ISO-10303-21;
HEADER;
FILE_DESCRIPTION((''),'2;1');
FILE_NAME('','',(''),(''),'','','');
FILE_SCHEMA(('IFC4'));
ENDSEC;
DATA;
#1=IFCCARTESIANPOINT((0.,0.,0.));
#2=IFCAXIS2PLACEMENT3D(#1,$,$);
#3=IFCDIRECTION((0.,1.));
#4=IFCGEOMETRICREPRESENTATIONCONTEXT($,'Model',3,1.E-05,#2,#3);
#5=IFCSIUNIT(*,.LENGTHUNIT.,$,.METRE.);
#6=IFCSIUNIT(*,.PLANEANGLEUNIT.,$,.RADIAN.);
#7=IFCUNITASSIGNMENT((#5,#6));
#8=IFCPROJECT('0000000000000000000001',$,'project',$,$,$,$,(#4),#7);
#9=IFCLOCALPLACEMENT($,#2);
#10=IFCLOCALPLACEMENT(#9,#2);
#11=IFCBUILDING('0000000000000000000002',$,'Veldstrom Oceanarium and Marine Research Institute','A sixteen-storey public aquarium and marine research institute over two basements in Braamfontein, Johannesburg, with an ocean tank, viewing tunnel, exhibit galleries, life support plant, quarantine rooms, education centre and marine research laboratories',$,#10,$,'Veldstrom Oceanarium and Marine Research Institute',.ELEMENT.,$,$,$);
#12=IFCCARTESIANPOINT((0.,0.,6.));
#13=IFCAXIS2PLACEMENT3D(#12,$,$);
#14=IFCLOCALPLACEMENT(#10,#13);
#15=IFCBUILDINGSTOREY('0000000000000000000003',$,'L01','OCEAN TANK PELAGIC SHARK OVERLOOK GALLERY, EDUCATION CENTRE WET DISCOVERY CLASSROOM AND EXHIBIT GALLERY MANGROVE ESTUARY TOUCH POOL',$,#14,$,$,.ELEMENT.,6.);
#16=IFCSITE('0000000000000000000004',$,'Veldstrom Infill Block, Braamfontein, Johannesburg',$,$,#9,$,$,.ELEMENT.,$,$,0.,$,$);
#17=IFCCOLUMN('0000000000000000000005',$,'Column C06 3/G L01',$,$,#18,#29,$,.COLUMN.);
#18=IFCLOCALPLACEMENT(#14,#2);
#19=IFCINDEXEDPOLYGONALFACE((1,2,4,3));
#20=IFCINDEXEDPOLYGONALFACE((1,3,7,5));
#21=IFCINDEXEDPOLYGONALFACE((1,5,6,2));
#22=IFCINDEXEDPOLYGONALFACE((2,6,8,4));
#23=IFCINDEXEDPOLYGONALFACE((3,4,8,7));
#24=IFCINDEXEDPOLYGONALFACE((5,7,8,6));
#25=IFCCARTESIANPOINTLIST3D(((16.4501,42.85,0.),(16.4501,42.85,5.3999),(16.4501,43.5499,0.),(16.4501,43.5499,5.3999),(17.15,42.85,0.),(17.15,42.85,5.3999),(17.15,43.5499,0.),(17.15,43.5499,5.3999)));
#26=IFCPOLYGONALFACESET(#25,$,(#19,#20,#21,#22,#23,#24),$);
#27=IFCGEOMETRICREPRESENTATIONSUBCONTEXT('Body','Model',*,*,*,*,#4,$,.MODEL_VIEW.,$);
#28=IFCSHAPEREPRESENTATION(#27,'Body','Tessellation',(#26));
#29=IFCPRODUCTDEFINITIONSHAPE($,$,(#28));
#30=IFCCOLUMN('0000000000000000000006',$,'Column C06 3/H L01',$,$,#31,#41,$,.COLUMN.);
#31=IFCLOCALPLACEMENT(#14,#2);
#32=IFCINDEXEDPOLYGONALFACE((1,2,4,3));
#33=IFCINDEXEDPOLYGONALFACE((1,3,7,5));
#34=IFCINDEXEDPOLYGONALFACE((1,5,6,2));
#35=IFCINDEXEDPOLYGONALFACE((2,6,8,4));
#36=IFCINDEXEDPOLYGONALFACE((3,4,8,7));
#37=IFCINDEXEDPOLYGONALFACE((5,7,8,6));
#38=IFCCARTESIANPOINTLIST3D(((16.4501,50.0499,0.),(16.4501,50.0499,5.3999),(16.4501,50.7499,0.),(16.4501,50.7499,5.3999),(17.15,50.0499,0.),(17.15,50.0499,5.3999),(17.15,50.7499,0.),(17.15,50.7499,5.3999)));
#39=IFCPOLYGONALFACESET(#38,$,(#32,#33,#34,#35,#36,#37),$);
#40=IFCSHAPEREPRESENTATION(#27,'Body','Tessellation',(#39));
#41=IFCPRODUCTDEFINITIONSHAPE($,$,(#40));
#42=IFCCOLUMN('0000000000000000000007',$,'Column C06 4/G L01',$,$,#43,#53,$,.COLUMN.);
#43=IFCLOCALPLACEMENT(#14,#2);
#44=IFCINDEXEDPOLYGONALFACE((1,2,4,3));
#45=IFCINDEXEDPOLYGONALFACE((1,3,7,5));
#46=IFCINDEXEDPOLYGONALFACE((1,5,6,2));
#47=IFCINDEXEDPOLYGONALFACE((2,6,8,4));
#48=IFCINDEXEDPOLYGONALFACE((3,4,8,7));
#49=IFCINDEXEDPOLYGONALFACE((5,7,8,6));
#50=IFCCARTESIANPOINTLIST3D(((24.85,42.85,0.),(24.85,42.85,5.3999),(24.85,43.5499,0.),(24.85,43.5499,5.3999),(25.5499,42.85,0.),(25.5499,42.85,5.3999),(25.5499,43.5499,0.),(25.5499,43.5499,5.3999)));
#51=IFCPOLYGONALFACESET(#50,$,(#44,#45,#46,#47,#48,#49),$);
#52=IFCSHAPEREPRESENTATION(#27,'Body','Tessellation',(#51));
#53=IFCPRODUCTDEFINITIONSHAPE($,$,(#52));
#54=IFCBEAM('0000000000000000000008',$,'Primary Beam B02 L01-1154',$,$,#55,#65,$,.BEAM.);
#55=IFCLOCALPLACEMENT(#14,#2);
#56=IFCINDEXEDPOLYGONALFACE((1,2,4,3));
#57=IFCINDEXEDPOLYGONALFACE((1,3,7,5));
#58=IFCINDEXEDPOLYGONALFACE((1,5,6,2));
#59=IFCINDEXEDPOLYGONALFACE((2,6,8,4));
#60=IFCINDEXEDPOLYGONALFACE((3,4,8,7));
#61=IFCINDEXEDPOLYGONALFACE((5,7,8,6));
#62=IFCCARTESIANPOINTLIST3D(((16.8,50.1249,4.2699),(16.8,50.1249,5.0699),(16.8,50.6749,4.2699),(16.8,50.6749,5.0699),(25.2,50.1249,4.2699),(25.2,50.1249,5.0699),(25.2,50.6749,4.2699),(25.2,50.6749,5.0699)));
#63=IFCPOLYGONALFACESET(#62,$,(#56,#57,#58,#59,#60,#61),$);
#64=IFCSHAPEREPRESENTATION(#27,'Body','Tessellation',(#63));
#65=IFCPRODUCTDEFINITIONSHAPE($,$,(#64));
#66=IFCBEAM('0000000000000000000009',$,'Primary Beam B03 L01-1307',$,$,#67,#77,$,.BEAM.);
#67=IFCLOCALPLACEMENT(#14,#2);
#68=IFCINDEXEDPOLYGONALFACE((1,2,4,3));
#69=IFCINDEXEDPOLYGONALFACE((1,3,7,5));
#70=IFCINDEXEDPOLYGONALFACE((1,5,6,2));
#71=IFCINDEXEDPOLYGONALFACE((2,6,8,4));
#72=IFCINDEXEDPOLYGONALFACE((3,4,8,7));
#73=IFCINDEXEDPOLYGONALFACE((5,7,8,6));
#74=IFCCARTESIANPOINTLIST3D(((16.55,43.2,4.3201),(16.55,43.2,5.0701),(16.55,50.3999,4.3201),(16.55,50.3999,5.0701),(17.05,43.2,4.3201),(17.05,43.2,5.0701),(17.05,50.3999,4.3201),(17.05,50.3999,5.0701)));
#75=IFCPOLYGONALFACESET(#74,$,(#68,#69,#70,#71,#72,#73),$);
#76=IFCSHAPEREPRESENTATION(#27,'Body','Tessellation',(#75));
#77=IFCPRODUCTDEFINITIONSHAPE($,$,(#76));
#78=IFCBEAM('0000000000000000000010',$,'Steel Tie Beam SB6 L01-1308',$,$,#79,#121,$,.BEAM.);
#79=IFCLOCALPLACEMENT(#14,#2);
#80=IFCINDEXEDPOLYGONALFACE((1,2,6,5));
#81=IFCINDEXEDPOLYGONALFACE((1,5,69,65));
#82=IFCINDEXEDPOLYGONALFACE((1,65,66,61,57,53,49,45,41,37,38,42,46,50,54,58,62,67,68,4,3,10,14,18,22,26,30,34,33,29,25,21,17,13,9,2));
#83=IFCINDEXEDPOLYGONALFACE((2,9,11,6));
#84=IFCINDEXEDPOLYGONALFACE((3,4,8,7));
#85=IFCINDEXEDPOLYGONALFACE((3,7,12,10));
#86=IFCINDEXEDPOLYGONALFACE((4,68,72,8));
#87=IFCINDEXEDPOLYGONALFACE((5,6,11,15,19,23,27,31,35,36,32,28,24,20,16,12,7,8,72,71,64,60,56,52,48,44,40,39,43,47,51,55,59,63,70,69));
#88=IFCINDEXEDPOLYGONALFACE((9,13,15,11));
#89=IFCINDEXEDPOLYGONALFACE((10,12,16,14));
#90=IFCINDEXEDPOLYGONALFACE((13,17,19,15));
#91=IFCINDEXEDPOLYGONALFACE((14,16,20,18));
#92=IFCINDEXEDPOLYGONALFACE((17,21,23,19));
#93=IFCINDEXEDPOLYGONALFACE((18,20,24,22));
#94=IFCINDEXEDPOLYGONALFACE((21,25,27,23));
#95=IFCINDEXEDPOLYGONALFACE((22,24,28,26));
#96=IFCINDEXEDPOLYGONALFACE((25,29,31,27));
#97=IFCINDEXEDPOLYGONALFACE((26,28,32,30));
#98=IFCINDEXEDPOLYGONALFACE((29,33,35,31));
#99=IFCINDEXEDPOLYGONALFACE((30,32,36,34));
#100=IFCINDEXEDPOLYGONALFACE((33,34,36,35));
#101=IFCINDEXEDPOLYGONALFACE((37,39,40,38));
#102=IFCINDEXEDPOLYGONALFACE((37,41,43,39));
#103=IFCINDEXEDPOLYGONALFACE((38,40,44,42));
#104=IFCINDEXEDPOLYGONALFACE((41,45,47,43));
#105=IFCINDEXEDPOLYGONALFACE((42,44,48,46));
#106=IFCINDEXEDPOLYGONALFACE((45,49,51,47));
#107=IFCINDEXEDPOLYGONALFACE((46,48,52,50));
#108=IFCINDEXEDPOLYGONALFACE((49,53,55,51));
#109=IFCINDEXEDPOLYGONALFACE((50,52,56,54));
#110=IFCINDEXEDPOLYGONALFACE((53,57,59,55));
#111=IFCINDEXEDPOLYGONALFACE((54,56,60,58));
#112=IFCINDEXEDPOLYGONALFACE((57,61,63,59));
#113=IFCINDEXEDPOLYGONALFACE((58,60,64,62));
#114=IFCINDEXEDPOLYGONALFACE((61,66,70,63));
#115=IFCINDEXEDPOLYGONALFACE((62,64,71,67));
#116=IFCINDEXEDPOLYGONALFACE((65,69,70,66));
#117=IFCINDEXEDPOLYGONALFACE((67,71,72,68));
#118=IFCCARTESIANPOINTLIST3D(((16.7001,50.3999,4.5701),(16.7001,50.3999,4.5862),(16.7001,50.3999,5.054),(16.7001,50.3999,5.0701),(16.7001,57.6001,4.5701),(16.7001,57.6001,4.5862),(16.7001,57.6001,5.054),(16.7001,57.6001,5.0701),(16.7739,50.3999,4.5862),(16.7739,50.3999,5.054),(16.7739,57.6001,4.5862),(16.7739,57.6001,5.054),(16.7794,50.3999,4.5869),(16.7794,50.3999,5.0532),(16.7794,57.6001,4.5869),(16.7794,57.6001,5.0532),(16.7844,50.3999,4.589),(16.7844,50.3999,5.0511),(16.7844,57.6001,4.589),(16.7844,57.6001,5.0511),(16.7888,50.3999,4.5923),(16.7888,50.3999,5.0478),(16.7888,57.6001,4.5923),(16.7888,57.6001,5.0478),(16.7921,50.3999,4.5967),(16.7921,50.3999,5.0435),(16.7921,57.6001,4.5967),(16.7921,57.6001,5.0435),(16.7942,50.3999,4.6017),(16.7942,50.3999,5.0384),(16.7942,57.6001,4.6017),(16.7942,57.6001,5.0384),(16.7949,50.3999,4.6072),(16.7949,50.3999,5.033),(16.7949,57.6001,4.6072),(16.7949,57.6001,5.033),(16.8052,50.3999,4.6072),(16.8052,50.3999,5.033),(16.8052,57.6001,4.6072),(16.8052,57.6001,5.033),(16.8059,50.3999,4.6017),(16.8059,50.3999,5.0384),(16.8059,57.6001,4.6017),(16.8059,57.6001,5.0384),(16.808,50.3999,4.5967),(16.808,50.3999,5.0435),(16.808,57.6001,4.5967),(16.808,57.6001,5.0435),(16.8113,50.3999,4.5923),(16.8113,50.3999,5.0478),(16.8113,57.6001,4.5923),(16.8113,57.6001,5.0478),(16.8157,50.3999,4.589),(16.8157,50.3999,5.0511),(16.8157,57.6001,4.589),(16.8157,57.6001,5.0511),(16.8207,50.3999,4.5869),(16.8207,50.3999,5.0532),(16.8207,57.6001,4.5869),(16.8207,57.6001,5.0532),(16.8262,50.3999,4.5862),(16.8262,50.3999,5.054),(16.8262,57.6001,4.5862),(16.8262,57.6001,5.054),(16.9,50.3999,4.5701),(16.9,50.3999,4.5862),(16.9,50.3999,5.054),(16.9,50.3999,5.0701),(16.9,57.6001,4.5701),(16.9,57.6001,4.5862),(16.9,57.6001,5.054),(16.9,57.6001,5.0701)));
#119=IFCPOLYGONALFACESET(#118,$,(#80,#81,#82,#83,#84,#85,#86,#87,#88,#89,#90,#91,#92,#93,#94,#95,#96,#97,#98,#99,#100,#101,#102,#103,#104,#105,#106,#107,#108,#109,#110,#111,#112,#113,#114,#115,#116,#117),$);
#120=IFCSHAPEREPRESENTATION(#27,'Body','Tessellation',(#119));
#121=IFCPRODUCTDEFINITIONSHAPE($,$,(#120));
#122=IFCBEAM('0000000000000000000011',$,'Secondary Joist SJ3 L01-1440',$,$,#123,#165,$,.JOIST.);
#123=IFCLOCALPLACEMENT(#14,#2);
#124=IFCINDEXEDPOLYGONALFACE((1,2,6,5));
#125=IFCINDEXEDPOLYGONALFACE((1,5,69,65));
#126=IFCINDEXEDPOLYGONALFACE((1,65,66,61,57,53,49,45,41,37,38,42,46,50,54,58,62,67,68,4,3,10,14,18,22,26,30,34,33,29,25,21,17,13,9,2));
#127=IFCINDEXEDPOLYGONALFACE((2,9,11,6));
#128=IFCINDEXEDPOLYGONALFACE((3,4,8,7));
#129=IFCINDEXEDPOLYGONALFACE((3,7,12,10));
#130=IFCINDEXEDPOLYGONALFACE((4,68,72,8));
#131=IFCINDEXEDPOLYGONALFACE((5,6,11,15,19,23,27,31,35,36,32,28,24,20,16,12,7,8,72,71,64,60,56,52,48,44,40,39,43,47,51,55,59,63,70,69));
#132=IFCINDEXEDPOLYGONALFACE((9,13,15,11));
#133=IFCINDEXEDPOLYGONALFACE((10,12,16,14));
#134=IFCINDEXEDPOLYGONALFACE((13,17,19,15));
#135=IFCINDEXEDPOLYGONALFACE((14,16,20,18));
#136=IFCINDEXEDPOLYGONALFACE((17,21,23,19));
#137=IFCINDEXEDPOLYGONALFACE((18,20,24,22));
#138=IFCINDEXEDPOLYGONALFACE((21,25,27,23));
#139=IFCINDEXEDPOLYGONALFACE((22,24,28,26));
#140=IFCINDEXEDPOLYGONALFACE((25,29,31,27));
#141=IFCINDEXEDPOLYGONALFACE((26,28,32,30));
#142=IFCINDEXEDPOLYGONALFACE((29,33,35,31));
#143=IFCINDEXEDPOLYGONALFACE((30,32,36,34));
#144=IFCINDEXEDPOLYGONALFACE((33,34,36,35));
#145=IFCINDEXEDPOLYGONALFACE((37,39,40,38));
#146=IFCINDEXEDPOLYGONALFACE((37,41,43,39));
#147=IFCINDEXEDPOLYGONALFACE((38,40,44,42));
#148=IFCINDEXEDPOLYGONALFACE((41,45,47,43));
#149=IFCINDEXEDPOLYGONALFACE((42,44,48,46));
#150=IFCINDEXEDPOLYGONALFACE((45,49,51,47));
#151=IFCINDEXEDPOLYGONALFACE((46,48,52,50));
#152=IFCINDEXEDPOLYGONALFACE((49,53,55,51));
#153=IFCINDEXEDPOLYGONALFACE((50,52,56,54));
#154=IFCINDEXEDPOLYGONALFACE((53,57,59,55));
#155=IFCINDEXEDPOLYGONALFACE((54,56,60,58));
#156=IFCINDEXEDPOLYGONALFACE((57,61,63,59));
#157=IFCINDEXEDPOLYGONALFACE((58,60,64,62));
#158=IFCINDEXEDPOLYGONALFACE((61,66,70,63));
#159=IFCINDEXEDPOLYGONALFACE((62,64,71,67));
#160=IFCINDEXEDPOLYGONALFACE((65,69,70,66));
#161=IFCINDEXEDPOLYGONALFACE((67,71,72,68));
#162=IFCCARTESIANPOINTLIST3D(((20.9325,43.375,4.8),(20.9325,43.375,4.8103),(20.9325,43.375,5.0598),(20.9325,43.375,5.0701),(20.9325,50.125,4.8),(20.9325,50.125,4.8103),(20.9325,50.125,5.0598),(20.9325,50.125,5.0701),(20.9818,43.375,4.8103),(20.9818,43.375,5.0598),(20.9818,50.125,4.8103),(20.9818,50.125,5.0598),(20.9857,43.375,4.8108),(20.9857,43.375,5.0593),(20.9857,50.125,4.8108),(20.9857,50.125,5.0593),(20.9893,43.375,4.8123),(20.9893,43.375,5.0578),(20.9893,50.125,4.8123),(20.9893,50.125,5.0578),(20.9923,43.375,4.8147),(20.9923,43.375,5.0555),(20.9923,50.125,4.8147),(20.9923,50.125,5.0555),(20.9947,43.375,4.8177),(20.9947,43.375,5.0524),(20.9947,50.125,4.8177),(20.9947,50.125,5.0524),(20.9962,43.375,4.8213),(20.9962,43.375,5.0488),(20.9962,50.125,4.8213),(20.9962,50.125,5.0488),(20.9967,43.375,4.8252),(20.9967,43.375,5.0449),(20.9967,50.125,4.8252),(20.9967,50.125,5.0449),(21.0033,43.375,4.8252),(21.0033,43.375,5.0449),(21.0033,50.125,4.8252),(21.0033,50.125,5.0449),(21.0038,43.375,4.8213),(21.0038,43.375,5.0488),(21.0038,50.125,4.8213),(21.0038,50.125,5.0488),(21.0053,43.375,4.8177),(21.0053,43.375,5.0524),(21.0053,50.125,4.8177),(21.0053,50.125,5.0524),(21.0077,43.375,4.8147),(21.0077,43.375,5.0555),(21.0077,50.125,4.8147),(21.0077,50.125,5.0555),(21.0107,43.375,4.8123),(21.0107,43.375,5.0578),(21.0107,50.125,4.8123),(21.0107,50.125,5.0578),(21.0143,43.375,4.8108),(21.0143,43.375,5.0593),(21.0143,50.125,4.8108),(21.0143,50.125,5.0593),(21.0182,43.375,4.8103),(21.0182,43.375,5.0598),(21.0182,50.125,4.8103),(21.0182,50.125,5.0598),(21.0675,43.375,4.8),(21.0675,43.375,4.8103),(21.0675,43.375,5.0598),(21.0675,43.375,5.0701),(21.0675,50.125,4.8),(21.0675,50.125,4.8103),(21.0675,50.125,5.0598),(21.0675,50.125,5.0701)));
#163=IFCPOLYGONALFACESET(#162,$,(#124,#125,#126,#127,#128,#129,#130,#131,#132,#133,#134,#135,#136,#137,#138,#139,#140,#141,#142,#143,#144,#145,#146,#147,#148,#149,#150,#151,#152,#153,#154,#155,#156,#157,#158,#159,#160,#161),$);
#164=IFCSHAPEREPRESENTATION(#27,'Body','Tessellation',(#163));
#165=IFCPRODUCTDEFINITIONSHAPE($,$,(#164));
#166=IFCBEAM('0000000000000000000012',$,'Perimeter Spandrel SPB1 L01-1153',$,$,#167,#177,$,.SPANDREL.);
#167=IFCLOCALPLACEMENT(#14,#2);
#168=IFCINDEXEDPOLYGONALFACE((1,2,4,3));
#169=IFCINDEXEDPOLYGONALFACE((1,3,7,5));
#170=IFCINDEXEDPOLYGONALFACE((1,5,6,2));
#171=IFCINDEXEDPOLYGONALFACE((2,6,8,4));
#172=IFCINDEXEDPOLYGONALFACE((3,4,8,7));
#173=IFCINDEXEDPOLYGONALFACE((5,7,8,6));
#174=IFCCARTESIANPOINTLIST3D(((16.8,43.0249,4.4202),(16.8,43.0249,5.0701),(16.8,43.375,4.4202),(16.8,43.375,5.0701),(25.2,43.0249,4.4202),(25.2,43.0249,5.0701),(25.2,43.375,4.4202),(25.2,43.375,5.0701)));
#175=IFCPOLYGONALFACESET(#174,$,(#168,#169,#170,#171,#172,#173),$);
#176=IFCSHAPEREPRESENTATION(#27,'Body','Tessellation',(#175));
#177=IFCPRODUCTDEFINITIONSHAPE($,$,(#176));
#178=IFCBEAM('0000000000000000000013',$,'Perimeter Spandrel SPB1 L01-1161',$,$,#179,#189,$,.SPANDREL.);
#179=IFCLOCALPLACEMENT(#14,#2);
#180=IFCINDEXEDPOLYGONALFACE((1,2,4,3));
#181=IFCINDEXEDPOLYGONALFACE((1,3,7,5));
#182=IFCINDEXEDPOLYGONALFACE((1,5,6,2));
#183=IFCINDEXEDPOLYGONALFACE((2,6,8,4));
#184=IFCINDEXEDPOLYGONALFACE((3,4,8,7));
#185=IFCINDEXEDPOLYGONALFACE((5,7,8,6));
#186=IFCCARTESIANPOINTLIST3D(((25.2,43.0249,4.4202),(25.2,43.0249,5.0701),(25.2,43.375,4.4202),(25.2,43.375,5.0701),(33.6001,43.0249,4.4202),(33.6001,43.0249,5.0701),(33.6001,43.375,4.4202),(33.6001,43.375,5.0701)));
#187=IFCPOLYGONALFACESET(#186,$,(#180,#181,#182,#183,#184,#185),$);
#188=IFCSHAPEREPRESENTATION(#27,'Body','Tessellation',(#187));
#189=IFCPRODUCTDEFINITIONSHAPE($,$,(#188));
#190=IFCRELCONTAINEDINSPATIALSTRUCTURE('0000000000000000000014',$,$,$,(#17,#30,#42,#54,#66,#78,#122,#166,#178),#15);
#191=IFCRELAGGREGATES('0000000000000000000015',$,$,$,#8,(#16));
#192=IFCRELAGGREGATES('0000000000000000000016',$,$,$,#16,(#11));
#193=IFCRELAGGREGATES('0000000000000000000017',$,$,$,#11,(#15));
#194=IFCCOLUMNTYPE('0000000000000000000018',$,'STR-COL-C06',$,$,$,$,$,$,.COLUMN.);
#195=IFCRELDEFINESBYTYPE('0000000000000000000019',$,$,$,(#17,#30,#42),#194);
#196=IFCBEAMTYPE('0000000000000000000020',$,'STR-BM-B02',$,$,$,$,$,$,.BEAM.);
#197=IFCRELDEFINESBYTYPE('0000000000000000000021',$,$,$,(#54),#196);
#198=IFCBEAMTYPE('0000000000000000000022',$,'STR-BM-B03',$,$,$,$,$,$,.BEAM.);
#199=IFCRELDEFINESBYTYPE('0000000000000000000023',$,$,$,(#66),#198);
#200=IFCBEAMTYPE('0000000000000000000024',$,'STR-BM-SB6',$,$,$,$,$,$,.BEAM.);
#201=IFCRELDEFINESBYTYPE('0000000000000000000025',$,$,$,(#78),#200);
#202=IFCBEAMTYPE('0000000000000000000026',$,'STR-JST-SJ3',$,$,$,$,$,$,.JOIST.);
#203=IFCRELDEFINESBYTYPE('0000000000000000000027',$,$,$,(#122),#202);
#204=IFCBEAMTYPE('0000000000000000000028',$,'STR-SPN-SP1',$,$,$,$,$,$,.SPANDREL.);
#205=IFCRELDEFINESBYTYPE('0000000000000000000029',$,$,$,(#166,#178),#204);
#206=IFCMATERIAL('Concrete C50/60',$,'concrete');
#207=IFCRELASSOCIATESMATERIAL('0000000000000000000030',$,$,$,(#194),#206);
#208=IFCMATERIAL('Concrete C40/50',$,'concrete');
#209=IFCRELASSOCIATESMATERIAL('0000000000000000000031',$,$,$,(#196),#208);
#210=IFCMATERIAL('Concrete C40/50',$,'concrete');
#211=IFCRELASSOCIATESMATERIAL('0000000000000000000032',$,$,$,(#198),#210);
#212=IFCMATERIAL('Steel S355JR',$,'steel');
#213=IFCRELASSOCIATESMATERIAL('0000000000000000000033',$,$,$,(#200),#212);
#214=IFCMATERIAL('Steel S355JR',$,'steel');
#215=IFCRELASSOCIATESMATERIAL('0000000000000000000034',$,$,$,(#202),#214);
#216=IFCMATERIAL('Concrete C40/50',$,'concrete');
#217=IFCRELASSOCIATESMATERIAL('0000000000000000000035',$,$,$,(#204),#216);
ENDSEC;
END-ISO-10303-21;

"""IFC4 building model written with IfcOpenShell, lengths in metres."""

from ifc_helpers import new_model, si_unit, direction, frame, origin, origin_2d, place, context, subcontext, project, spatial, rectangle, i_section, extrude, material, material_profile, profile_set, type_object, element, save


model = new_model("IFC4")

# Units and contexts
model_context = context("Model", 3, precision=1e-05, world=origin(), true_north=direction((0.0, 1.0)))
body_context = subcontext(model_context, "Body", "Model", "MODEL_VIEW")
ifc_project = project(units=[si_unit("LENGTHUNIT", "METRE"), si_unit("PLANEANGLEUNIT", "RADIAN")], contexts=[model_context])

# Site, building, storey
site_placement = place(None, origin())
site = spatial("IfcSite", under=ifc_project, at=site_placement, Name="Veldstrom Infill Block, Braamfontein, Johannesburg", CompositionType="ELEMENT", RefElevation=0.0)
building_placement = place(site_placement, origin())
building = spatial("IfcBuilding", under=site, at=building_placement, Name="Veldstrom Oceanarium and Marine Research Institute", Description="A sixteen-storey public aquarium and marine research institute over two basements in Braamfontein, Johannesburg, with an ocean tank, viewing tunnel, exhibit galleries, life support plant, quarantine rooms, education centre and marine research laboratories", LongName="Veldstrom Oceanarium and Marine Research Institute", CompositionType="ELEMENT")
storey_placement = place(building_placement, frame((0.0, 0.0, 6.0)))
storey = spatial("IfcBuildingStorey", under=building, at=storey_placement, Name="L01", Description="OCEAN TANK PELAGIC SHARK OVERLOOK GALLERY, EDUCATION CENTRE WET DISCOVERY CLASSROOM AND EXHIBIT GALLERY MANGROVE ESTUARY TOUCH POOL", CompositionType="ELEMENT", Elevation=6.0)

# Columns
ifc_material_1 = material(Name="Concrete C50/60", Category="concrete")
ifc_material_profile_1 = material_profile(ifc_material_1, rectangle(XDim=0.7, YDim=0.7, at=origin_2d()), Name="RC-COL-700x700")
ifc_profile_set_1 = profile_set([ifc_material_profile_1], Name="Concrete C50/60")
column_type = type_object("IfcColumnType", Name="STR-COL-C06", PredefinedType="COLUMN", material=ifc_profile_set_1)
for number, where, z_axis, x_axis, name in (
    (1, (16.8, 43.2, 0.0), (0.0, 0.0, 1.0), (1.0, 0.0, 0.0), "Column C06 3/G L01"),
    (2, (16.8, 50.3999, 0.0), (0.0, 0.0, 1.0), (1.0, 0.0, 0.0), "Column C06 3/H L01"),
    (3, (25.2, 43.2, 0.0), (0.0, 0.0, 1.0), (1.0, 0.0, 0.0), "Column C06 4/G L01"),
):
    element("IfcColumn", number, at=place(storey_placement, frame(where, z_axis=z_axis, x_axis=x_axis)), inside=storey, type_object=column_type, Name=name, PredefinedType="COLUMN", context=body_context, shape_type="SweptSolid", body=[
        extrude(rectangle(XDim=0.7, YDim=0.7, at=origin_2d()), origin(), (0.0, 0.0, 1.0), 5.3999),
    ])

# Beams
ifc_material_2 = material(Name="Concrete C40/50", Category="concrete")
ifc_material_profile_2 = material_profile(ifc_material_2, rectangle(XDim=0.55, YDim=0.8, at=origin_2d()), Name="RC-BM-550x800")
ifc_profile_set_2 = profile_set([ifc_material_profile_2], Name="Concrete C40/50")
beam_type_1 = type_object("IfcBeamType", Name="STR-BM-B02", PredefinedType="BEAM", material=ifc_profile_set_2)
beam_1_placement = place(storey_placement, frame((16.8, 50.3999, 4.6699), z_axis=(1.0, 0.0, 0.0), x_axis=(0.0, 1.0, 0.0)))
element("IfcBeam", 4, at=beam_1_placement, inside=storey, type_object=beam_type_1, Name="Primary Beam B02 L01-1154", PredefinedType="BEAM", context=body_context, shape_type="SweptSolid", body=[
    extrude(rectangle(XDim=0.55, YDim=0.8, at=origin_2d()), origin(), (0.0, 0.0, 1.0), 8.3999),
])
ifc_material_3 = material(Name="Concrete C40/50", Category="concrete")
ifc_material_profile_3 = material_profile(ifc_material_3, rectangle(XDim=0.5, YDim=0.75, at=origin_2d()), Name="RC-BM-500x750")
ifc_profile_set_3 = profile_set([ifc_material_profile_3], Name="Concrete C40/50")
beam_type_2 = type_object("IfcBeamType", Name="STR-BM-B03", PredefinedType="BEAM", material=ifc_profile_set_3)
beam_2_placement = place(storey_placement, frame((16.8, 43.2, 4.6951), z_axis=(0.0, 1.0, 0.0), x_axis=(-1.0, 0.0, 0.0)))
element("IfcBeam", 5, at=beam_2_placement, inside=storey, type_object=beam_type_2, Name="Primary Beam B03 L01-1307", PredefinedType="BEAM", context=body_context, shape_type="SweptSolid", body=[
    extrude(rectangle(XDim=0.5, YDim=0.75, at=origin_2d()), origin(), (0.0, 0.0, 1.0), 7.2),
])
ifc_material_4 = material(Name="Steel S355JR", Category="steel")
ifc_material_profile_4 = material_profile(ifc_material_4, i_section(OverallWidth=0.2, OverallDepth=0.5, WebThickness=0.0103, FlangeThickness=0.0161, FilletRadius=0.021, at=origin_2d()), Name="IPE 500")
ifc_profile_set_4 = profile_set([ifc_material_profile_4], Name="Steel S355JR")
beam_type_3 = type_object("IfcBeamType", Name="STR-BM-SB6", PredefinedType="BEAM", material=ifc_profile_set_4)
beam_3_placement = place(storey_placement, frame((16.8, 50.3999, 4.8201), z_axis=(0.0, 1.0, 0.0), x_axis=(-1.0, 0.0, 0.0)))
element("IfcBeam", 6, at=beam_3_placement, inside=storey, type_object=beam_type_3, Name="Steel Tie Beam SB6 L01-1308", PredefinedType="BEAM", context=body_context, shape_type="SweptSolid", body=[
    extrude(i_section(OverallWidth=0.2, OverallDepth=0.5, WebThickness=0.0103, FlangeThickness=0.0161, FilletRadius=0.021, at=origin_2d()), origin(), (0.0, 0.0, 1.0), 7.2002),
])
ifc_material_5 = material(Name="Steel S355JR", Category="steel")
ifc_material_profile_5 = material_profile(ifc_material_5, i_section(OverallWidth=0.135, OverallDepth=0.27, WebThickness=0.0066, FlangeThickness=0.0103, FilletRadius=0.0149, at=origin_2d()), Name="IPE 270")
ifc_profile_set_5 = profile_set([ifc_material_profile_5], Name="Steel S355JR")
beam_type_4 = type_object("IfcBeamType", Name="STR-JST-SJ3", PredefinedType="JOIST", material=ifc_profile_set_5)
beam_4_placement = place(storey_placement, frame((21.0, 43.375, 4.9351), z_axis=(0.0, 1.0, 0.0), x_axis=(-1.0, 0.0, 0.0)))
element("IfcBeam", 7, at=beam_4_placement, inside=storey, type_object=beam_type_4, Name="Secondary Joist SJ3 L01-1440", PredefinedType="JOIST", context=body_context, shape_type="SweptSolid", body=[
    extrude(i_section(OverallWidth=0.135, OverallDepth=0.27, WebThickness=0.0066, FlangeThickness=0.0103, FilletRadius=0.0149, at=origin_2d()), origin(), (0.0, 0.0, 1.0), 6.75),
])
ifc_material_6 = material(Name="Concrete C40/50", Category="concrete")
ifc_material_profile_6 = material_profile(ifc_material_6, rectangle(XDim=0.3501, YDim=0.6499, at=origin_2d()), Name="RC-SPN-350x650")
ifc_profile_set_6 = profile_set([ifc_material_profile_6], Name="Concrete C40/50")
beam_type_5 = type_object("IfcBeamType", Name="STR-SPN-SP1", PredefinedType="SPANDREL", material=ifc_profile_set_6)
beam_5_placement = place(storey_placement, frame((16.8, 43.2, 4.7451), z_axis=(1.0, 0.0, 0.0), x_axis=(0.0, 1.0, 0.0)))
element("IfcBeam", 8, at=beam_5_placement, inside=storey, type_object=beam_type_5, Name="Perimeter Spandrel SPB1 L01-1153", PredefinedType="SPANDREL", context=body_context, shape_type="SweptSolid", body=[
    extrude(rectangle(XDim=0.3501, YDim=0.6499, at=origin_2d()), origin(), (0.0, 0.0, 1.0), 8.3999),
])
beam_6_placement = place(storey_placement, frame((25.2, 43.2, 4.7451), z_axis=(1.0, 0.0, 0.0), x_axis=(0.0, 1.0, 0.0)))
element("IfcBeam", 9, at=beam_6_placement, inside=storey, type_object=beam_type_5, Name="Perimeter Spandrel SPB1 L01-1161", PredefinedType="SPANDREL", context=body_context, shape_type="SweptSolid", body=[
    extrude(rectangle(XDim=0.3501, YDim=0.6499, at=origin_2d()), origin(), (0.0, 0.0, 1.0), 8.4001),
])

save(model, "model.ifc")
